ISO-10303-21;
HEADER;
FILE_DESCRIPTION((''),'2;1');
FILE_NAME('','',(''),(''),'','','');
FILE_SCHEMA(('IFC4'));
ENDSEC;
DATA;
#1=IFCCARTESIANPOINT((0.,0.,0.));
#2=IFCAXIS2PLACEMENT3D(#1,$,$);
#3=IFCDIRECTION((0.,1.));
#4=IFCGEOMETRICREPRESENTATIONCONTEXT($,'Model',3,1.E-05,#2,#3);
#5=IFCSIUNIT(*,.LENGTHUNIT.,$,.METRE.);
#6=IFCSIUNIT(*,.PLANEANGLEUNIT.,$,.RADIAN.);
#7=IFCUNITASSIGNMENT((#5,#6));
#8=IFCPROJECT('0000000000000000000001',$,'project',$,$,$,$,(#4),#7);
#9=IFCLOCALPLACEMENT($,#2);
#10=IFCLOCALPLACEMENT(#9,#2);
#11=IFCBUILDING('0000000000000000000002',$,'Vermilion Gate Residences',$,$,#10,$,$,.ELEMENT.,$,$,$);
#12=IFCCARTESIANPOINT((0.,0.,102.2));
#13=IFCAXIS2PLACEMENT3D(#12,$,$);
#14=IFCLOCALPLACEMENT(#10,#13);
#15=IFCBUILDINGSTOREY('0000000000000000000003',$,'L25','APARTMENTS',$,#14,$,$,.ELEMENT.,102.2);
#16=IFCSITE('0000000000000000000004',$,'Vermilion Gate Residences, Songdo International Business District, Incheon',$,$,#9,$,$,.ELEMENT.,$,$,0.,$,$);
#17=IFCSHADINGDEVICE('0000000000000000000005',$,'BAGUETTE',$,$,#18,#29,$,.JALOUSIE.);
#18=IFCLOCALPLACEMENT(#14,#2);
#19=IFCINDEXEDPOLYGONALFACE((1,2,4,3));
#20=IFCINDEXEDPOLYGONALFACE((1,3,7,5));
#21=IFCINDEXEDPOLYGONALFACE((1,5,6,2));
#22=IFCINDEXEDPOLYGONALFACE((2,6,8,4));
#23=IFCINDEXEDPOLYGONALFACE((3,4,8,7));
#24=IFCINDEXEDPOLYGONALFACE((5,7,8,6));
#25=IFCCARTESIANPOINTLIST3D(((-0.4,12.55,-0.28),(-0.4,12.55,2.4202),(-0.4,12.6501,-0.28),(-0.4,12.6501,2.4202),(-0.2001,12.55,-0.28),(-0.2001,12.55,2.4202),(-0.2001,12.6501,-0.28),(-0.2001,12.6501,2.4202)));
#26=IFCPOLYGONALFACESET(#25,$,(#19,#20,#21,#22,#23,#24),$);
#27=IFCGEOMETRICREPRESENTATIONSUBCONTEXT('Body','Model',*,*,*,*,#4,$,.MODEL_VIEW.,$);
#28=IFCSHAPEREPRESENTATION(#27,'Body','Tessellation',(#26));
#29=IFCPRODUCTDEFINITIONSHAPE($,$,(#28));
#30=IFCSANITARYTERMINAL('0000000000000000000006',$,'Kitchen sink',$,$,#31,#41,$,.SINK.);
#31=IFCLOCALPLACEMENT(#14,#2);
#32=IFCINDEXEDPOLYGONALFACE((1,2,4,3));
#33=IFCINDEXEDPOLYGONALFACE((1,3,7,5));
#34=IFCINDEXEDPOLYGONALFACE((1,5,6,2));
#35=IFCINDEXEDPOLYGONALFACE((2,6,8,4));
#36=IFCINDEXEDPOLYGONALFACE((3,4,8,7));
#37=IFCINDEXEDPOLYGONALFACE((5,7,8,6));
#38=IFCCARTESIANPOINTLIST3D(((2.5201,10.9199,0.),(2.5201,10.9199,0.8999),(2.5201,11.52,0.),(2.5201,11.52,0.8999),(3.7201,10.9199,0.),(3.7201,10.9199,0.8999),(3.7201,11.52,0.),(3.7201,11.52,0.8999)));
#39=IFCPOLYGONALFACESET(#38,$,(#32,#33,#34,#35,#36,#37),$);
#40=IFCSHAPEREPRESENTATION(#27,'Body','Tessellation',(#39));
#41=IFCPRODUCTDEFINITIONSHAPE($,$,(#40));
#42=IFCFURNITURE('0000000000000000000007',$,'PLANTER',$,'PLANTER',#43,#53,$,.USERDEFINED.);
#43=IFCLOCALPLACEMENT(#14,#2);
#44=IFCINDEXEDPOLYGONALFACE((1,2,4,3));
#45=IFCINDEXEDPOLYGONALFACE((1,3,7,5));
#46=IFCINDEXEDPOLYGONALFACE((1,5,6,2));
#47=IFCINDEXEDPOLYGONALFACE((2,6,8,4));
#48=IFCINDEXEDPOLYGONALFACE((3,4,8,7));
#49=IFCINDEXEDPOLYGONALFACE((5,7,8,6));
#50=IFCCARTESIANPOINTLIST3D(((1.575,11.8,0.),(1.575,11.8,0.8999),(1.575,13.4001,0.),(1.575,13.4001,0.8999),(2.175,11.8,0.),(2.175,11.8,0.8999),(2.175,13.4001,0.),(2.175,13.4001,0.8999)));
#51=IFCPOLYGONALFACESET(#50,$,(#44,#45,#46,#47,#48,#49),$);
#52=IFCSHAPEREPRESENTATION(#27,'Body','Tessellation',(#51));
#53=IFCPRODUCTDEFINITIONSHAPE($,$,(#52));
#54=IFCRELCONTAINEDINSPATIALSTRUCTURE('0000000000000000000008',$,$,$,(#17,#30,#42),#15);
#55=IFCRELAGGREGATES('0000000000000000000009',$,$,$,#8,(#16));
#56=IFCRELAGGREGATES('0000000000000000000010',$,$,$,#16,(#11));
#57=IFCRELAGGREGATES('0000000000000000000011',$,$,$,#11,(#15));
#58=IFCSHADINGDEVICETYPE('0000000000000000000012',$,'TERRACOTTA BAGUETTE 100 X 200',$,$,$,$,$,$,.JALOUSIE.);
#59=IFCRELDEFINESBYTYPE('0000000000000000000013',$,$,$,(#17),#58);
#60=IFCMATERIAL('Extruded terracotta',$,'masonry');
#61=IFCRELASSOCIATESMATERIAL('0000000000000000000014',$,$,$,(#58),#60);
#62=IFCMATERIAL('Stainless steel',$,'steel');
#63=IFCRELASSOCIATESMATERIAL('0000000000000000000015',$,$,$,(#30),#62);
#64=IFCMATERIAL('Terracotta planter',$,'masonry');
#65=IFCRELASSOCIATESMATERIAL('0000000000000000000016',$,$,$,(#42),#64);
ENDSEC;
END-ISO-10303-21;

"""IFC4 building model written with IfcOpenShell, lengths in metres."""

from ifc_helpers import new_model, si_unit, direction, frame, origin, origin_2d, place, context, subcontext, project, spatial, rectangle, extrude, material, material_profile, profile_set, type_object, element, save


model = new_model("IFC4")

# Units and contexts
model_context = context("Model", 3, precision=1e-05, world=origin(), true_north=direction((0.0, 1.0)))
body_context = subcontext(model_context, "Body", "Model", "MODEL_VIEW")
ifc_project = project(units=[si_unit("LENGTHUNIT", "METRE"), si_unit("PLANEANGLEUNIT", "RADIAN")], contexts=[model_context])

# Site, building, storey
site_placement = place(None, origin())
site = spatial("IfcSite", under=ifc_project, at=site_placement, Name="Vermilion Gate Residences, Songdo International Business District, Incheon", CompositionType="ELEMENT", RefElevation=0.0)
building_placement = place(site_placement, origin())
building = spatial("IfcBuilding", under=site, at=building_placement, Name="Vermilion Gate Residences", CompositionType="ELEMENT")
storey_placement = place(building_placement, frame((0.0, 0.0, 102.2)))
storey = spatial("IfcBuildingStorey", under=building, at=storey_placement, Name="L25", Description="APARTMENTS", CompositionType="ELEMENT", Elevation=102.2)

# Shading device
ifc_material_1 = material(Name="Extruded terracotta", Category="masonry")
ifc_material_profile_1 = material_profile(ifc_material_1, rectangle(XDim=0.2, YDim=0.1001, at=origin_2d()), Name="BAGUETTE 100 X 200")
ifc_profile_set_1 = profile_set([ifc_material_profile_1], Name="Extruded terracotta")
shading_device_type = type_object("IfcShadingDeviceType", Name="TERRACOTTA BAGUETTE 100 X 200", PredefinedType="JALOUSIE", material=ifc_profile_set_1)
shading_device_placement = place(storey_placement, frame((-0.3, 12.6001, -0.28), z_axis=(0.0, 0.0, 1.0), x_axis=(1.0, 0.0, 0.0)))
element("IfcShadingDevice", 1, at=shading_device_placement, inside=storey, type_object=shading_device_type, Name="BAGUETTE", PredefinedType="JALOUSIE", context=body_context, shape_type="SweptSolid", body=[
    extrude(rectangle(XDim=0.2, YDim=0.1001, at=origin_2d()), origin(), (0.0, 0.0, 1.0), 2.7002),
])

# Sanitary terminal
ifc_material_2 = material(Name="Stainless steel", Category="steel")
sanitary_terminal_placement = place(storey_placement, frame((3.1201, 11.22, 0.0), z_axis=(0.0, 0.0, 1.0), x_axis=(1.0, 0.0, 0.0)))
element("IfcSanitaryTerminal", 2, at=sanitary_terminal_placement, inside=storey, material=ifc_material_2, Name="Kitchen sink", PredefinedType="SINK", context=body_context, shape_type="SweptSolid", body=[
    extrude(rectangle(XDim=1.2, YDim=0.6001, at=origin_2d()), origin(), (0.0, 0.0, 1.0), 0.8999),
])

# Furniture
ifc_material_3 = material(Name="Terracotta planter", Category="masonry")
furniture_placement = place(storey_placement, frame((1.875, 12.6001, 0.0), z_axis=(0.0, 0.0, 1.0), x_axis=(0.0, -1.0, 0.0)))
element("IfcFurniture", 3, at=furniture_placement, inside=storey, material=ifc_material_3, Name="PLANTER", ObjectType="PLANTER", PredefinedType="USERDEFINED", context=body_context, shape_type="SweptSolid", body=[
    extrude(rectangle(XDim=1.6001, YDim=0.6001, at=origin_2d()), origin(), (0.0, 0.0, 1.0), 0.8999),
])

save(model, "model.ifc")
